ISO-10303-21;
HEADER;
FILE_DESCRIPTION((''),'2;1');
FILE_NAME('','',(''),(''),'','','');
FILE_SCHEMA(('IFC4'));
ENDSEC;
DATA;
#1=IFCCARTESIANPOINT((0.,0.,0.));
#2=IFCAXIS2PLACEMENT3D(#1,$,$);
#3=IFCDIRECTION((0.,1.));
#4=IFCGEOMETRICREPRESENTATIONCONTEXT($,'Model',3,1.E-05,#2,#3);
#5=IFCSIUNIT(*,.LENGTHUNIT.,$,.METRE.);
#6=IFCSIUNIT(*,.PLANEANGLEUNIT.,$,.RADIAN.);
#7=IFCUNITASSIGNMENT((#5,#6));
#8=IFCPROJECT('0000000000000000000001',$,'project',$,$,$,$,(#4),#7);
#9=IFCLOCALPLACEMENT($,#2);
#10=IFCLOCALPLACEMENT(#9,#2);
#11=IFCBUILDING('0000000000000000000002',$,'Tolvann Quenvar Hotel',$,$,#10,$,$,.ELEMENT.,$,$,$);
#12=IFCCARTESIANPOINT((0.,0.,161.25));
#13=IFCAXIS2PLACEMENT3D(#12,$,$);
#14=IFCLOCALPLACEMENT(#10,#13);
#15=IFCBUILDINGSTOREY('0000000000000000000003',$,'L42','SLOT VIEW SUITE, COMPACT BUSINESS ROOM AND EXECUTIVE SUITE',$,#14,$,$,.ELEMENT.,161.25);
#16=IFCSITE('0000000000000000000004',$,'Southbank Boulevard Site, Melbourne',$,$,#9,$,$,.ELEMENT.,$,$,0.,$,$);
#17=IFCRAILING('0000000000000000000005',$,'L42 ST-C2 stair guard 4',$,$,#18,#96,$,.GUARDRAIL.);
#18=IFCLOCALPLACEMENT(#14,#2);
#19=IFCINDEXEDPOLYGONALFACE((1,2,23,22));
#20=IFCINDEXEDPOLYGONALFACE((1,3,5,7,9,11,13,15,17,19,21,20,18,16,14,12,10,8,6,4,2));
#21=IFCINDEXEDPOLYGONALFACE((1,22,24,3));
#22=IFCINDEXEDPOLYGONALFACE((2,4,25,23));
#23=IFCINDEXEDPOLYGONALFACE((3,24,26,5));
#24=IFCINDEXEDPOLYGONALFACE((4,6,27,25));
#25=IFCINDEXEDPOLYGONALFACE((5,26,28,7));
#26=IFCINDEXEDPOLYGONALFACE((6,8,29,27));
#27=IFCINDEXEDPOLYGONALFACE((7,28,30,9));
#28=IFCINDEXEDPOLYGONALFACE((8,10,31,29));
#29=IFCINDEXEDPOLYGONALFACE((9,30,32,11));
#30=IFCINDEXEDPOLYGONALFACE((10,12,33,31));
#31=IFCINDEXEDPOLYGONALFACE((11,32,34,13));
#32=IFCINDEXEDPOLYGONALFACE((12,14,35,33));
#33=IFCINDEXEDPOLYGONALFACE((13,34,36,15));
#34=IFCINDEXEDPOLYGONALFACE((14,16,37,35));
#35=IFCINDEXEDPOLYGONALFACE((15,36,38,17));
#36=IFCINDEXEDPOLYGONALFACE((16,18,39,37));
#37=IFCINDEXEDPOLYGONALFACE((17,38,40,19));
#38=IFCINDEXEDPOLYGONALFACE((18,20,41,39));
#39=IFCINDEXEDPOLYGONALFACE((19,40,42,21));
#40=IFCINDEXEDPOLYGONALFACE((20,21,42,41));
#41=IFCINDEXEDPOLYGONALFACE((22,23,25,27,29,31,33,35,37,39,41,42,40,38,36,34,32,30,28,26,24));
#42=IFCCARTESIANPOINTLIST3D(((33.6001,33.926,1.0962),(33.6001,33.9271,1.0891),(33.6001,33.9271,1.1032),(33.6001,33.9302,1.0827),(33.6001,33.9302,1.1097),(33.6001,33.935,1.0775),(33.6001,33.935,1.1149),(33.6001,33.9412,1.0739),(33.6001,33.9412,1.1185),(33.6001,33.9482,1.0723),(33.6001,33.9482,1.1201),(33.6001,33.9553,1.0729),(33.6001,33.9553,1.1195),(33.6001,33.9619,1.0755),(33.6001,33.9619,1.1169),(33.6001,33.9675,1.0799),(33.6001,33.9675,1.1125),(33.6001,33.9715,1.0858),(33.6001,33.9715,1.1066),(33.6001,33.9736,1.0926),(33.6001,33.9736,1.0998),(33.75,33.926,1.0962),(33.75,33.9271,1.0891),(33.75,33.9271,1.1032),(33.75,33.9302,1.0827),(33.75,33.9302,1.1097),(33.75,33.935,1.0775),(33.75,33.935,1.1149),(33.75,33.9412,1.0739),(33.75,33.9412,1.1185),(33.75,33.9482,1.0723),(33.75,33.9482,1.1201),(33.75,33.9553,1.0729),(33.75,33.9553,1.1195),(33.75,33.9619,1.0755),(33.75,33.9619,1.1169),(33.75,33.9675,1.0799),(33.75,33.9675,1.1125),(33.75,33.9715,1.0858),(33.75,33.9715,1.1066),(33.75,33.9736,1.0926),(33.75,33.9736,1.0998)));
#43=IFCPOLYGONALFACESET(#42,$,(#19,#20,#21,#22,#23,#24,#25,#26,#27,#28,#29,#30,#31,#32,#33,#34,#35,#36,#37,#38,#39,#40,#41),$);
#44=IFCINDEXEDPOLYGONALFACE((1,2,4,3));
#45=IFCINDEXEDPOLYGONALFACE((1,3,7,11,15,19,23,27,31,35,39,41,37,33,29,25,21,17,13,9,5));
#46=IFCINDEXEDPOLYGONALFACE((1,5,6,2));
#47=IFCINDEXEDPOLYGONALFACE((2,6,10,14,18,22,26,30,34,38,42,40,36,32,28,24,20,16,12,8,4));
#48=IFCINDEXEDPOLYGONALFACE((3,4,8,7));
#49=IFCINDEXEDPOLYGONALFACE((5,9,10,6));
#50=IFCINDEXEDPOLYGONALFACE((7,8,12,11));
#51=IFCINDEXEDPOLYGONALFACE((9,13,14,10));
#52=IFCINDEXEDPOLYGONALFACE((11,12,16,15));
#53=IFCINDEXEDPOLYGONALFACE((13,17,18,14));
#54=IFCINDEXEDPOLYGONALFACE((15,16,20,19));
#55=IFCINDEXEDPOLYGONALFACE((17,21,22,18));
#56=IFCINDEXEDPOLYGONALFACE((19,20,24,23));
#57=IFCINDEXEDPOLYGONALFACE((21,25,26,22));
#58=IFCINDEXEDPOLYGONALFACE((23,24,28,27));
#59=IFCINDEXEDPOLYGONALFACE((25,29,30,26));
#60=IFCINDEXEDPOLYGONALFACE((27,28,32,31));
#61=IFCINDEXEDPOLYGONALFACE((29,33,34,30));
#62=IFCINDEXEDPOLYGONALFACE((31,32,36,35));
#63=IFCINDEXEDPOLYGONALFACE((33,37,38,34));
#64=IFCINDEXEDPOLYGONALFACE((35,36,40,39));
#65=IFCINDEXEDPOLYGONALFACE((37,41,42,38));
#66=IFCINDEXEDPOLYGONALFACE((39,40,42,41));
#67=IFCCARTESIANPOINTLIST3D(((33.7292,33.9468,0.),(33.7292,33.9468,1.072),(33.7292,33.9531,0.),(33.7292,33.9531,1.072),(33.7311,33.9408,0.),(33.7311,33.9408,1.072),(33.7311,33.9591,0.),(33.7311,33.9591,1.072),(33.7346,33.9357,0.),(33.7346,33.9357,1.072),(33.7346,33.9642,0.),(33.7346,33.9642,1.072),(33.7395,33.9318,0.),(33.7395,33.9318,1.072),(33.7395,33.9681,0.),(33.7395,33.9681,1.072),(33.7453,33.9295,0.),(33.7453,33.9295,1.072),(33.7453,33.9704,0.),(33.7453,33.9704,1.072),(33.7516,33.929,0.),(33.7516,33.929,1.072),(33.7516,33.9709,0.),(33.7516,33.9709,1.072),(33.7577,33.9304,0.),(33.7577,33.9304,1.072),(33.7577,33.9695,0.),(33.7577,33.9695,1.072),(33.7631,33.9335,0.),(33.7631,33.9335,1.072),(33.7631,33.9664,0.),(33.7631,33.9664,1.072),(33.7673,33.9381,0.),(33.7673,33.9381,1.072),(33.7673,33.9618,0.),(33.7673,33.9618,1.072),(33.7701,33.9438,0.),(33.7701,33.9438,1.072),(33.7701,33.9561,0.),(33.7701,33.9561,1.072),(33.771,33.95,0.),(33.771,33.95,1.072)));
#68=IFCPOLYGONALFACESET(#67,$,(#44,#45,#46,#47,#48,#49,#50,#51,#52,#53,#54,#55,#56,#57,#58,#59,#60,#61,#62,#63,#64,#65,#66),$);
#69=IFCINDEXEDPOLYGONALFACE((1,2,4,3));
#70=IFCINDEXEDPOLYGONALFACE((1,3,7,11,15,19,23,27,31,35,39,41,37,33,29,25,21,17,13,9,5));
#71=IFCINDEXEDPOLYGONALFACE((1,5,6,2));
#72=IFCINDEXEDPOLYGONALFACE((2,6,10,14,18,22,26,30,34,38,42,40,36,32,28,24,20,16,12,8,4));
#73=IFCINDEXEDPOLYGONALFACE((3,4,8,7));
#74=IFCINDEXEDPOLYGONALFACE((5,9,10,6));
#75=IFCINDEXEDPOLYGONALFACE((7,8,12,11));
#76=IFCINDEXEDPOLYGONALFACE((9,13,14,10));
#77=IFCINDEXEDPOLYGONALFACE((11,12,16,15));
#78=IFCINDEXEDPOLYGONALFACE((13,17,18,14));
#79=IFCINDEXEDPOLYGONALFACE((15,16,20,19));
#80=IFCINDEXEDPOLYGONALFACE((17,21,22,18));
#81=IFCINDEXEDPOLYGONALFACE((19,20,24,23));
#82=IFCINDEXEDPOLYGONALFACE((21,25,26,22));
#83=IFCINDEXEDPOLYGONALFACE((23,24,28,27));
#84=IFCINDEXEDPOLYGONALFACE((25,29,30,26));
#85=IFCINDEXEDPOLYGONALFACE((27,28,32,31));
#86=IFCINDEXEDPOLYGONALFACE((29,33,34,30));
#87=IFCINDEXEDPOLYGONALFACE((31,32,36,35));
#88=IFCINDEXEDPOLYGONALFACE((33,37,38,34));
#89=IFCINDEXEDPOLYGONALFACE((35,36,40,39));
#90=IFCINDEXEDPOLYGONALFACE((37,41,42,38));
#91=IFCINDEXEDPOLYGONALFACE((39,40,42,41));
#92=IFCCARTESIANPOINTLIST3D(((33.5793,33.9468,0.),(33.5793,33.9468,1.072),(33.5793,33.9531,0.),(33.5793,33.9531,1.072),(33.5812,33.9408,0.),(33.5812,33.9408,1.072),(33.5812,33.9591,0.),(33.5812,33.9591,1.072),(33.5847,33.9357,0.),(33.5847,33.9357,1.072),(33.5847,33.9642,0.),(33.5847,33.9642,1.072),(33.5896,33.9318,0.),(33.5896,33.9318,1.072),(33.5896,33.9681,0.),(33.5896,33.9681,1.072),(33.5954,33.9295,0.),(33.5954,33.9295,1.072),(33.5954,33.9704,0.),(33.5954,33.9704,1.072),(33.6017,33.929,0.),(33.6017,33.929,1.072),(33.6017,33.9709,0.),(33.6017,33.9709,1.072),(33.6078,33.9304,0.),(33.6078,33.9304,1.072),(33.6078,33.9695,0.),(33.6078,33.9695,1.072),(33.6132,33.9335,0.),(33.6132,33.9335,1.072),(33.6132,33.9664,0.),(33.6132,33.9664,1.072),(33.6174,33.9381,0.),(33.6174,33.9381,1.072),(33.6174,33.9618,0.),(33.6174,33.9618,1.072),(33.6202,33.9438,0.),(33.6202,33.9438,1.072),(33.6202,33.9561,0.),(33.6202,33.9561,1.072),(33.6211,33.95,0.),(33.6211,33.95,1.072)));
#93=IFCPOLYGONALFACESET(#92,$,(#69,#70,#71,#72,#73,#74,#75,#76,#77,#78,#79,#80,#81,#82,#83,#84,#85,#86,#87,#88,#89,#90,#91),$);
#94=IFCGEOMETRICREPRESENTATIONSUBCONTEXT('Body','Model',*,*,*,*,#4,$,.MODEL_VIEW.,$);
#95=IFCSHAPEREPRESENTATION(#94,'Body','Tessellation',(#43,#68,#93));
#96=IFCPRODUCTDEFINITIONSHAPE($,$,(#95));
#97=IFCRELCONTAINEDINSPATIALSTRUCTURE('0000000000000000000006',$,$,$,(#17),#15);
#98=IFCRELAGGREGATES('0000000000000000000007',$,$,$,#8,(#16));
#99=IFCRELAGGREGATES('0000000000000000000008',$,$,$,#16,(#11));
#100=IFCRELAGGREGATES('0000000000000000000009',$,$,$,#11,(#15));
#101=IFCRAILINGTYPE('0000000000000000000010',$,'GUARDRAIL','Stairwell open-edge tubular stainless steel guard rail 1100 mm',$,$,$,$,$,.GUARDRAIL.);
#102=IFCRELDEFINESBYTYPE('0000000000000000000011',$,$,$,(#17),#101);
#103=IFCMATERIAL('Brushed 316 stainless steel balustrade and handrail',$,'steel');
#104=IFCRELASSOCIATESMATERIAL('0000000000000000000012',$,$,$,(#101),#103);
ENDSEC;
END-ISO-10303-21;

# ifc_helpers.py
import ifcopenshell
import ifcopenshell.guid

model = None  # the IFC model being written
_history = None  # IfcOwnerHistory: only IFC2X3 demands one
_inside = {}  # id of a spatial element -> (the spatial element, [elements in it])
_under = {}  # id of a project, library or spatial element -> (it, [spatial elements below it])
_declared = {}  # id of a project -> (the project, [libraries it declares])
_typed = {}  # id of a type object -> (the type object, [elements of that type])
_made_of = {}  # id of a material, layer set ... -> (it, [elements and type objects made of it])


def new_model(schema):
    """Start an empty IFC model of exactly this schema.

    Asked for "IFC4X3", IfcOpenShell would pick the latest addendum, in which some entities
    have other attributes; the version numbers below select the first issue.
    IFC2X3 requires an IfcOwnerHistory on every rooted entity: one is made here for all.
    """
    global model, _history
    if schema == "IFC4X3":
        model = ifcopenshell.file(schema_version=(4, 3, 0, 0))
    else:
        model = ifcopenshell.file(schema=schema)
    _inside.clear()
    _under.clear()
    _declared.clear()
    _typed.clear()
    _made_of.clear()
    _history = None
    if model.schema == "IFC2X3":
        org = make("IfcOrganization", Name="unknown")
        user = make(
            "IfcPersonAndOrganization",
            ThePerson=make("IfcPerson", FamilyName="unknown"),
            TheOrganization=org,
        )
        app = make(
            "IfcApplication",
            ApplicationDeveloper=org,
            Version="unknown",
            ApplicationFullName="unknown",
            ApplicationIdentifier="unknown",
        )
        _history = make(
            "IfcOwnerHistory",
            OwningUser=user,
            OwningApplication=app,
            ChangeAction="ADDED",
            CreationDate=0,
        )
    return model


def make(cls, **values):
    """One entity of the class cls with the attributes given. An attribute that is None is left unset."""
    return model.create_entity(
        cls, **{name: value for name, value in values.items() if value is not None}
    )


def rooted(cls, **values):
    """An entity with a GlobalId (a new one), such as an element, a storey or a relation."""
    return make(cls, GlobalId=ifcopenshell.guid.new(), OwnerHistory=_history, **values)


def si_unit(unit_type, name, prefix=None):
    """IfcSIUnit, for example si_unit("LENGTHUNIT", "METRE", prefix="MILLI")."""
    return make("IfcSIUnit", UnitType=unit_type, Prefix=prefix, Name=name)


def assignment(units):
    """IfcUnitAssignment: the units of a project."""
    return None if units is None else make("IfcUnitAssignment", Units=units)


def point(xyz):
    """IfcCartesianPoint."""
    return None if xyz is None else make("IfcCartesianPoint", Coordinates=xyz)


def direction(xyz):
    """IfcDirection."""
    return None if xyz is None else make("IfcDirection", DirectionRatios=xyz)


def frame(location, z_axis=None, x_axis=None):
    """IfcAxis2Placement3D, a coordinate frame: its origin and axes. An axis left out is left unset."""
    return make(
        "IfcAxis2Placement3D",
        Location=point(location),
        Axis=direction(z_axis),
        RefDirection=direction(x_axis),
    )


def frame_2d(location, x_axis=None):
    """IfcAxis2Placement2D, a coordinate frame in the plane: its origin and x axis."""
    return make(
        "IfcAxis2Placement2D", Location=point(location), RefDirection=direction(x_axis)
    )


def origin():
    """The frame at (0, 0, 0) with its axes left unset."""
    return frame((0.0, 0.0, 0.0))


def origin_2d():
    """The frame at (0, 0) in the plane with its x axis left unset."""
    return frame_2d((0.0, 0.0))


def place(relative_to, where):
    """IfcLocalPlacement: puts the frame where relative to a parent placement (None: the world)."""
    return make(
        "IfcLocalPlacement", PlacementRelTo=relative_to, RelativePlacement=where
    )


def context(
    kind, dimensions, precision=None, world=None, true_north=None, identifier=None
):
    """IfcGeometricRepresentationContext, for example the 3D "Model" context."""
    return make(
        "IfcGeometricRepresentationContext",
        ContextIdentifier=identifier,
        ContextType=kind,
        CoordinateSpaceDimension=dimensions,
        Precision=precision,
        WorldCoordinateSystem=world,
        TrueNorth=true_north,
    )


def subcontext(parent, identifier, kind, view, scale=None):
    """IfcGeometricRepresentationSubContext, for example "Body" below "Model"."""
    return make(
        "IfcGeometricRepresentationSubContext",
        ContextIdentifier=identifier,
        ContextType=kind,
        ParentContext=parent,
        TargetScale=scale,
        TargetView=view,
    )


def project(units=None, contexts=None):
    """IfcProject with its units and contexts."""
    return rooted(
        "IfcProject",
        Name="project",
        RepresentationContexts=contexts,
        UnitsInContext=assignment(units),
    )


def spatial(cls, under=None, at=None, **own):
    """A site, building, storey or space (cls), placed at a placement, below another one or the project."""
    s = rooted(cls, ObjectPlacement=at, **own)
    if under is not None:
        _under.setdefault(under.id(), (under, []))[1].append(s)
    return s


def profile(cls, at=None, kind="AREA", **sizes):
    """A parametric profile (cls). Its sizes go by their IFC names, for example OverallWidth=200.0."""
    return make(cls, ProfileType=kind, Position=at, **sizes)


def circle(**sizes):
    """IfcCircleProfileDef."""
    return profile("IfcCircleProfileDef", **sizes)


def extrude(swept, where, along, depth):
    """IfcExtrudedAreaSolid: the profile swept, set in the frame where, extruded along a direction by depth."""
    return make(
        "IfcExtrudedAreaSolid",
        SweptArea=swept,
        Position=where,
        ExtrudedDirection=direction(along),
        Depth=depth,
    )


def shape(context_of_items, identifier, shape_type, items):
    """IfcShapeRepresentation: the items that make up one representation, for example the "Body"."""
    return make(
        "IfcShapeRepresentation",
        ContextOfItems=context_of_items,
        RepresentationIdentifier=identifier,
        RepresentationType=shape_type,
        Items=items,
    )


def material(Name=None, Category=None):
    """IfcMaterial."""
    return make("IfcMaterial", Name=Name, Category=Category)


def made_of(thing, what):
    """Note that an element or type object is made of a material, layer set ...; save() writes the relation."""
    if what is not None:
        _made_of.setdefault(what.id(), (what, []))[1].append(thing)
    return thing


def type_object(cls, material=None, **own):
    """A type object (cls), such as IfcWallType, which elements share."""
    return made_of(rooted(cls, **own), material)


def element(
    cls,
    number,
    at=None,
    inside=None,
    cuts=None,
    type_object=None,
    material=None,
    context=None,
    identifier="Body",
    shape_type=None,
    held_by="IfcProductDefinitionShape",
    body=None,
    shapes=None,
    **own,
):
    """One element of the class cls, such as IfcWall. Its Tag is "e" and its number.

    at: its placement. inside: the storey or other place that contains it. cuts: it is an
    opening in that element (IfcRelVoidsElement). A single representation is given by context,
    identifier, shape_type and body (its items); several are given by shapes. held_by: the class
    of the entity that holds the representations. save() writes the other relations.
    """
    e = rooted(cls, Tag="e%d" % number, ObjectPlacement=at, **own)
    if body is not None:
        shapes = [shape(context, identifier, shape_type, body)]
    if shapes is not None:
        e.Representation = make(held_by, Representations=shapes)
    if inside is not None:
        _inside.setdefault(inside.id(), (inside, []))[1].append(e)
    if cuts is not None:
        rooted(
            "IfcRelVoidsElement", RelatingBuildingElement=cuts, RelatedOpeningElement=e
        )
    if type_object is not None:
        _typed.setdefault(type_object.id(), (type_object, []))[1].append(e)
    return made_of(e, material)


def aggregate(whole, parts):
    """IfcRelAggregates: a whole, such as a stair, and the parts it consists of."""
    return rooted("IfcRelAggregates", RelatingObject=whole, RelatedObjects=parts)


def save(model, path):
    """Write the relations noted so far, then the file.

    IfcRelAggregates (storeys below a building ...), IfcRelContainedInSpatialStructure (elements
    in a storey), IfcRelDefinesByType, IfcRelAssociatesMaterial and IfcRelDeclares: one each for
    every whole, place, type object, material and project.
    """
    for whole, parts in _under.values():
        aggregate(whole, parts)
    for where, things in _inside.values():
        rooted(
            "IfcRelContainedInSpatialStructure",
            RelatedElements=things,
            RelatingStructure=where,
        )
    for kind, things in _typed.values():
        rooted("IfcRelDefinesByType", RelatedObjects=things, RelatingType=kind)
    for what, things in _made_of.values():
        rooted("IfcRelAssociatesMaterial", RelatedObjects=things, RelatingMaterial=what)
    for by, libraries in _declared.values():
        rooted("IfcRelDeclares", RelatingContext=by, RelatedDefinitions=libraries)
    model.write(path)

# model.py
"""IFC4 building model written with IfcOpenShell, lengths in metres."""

from ifc_helpers import new_model, si_unit, direction, frame, origin, origin_2d, place, context, subcontext, project, spatial, circle, extrude, material, type_object, element, save


model = new_model("IFC4")

# Units and contexts
model_context = context("Model", 3, precision=1e-05, world=origin(), true_north=direction((0.0, 1.0)))
body_context = subcontext(model_context, "Body", "Model", "MODEL_VIEW")
ifc_project = project(units=[si_unit("LENGTHUNIT", "METRE"), si_unit("PLANEANGLEUNIT", "RADIAN")], contexts=[model_context])

# Site, building, storey
site_placement = place(None, origin())
site = spatial("IfcSite", under=ifc_project, at=site_placement, Name="Southbank Boulevard Site, Melbourne", CompositionType="ELEMENT", RefElevation=0.0)
building_placement = place(site_placement, origin())
building = spatial("IfcBuilding", under=site, at=building_placement, Name="Tolvann Quenvar Hotel", CompositionType="ELEMENT")
storey_placement = place(building_placement, frame((0.0, 0.0, 161.25)))
storey = spatial("IfcBuildingStorey", under=building, at=storey_placement, Name="L42", Description="SLOT VIEW SUITE, COMPACT BUSINESS ROOM AND EXECUTIVE SUITE", CompositionType="ELEMENT", Elevation=161.25)

# Railing
ifc_material_1 = material(Name="Brushed 316 stainless steel balustrade and handrail", Category="steel")
railing_type_1 = type_object("IfcRailingType", Name="GUARDRAIL", Description="Stairwell open-edge tubular stainless steel guard rail 1100 mm", PredefinedType="GUARDRAIL", material=ifc_material_1)
railing_1_placement = place(storey_placement, frame((33.75, 33.95, 0.0)))
element("IfcRailing", 1, at=railing_1_placement, inside=storey, type_object=railing_type_1, Name="L42 ST-C2 stair guard 4", PredefinedType="GUARDRAIL", context=body_context, shape_type="SweptSolid", body=[
    extrude(circle(Radius=0.0239, at=origin_2d()), frame((0.0, 0.0, 1.0962), z_axis=(-1.0, 0.0, 0.0), x_axis=(0.0, -1.0, 0.0)), (0.0, 0.0, 1.0), 0.1499),
    extrude(circle(Radius=0.021, at=origin_2d()), origin(), (0.0, 0.0, 1.0), 1.072),
    extrude(circle(Radius=0.021, at=origin_2d()), frame((-0.1499, 0.0, 0.0)), (0.0, 0.0, 1.0), 1.072),
])

save(model, "model.ifc")
